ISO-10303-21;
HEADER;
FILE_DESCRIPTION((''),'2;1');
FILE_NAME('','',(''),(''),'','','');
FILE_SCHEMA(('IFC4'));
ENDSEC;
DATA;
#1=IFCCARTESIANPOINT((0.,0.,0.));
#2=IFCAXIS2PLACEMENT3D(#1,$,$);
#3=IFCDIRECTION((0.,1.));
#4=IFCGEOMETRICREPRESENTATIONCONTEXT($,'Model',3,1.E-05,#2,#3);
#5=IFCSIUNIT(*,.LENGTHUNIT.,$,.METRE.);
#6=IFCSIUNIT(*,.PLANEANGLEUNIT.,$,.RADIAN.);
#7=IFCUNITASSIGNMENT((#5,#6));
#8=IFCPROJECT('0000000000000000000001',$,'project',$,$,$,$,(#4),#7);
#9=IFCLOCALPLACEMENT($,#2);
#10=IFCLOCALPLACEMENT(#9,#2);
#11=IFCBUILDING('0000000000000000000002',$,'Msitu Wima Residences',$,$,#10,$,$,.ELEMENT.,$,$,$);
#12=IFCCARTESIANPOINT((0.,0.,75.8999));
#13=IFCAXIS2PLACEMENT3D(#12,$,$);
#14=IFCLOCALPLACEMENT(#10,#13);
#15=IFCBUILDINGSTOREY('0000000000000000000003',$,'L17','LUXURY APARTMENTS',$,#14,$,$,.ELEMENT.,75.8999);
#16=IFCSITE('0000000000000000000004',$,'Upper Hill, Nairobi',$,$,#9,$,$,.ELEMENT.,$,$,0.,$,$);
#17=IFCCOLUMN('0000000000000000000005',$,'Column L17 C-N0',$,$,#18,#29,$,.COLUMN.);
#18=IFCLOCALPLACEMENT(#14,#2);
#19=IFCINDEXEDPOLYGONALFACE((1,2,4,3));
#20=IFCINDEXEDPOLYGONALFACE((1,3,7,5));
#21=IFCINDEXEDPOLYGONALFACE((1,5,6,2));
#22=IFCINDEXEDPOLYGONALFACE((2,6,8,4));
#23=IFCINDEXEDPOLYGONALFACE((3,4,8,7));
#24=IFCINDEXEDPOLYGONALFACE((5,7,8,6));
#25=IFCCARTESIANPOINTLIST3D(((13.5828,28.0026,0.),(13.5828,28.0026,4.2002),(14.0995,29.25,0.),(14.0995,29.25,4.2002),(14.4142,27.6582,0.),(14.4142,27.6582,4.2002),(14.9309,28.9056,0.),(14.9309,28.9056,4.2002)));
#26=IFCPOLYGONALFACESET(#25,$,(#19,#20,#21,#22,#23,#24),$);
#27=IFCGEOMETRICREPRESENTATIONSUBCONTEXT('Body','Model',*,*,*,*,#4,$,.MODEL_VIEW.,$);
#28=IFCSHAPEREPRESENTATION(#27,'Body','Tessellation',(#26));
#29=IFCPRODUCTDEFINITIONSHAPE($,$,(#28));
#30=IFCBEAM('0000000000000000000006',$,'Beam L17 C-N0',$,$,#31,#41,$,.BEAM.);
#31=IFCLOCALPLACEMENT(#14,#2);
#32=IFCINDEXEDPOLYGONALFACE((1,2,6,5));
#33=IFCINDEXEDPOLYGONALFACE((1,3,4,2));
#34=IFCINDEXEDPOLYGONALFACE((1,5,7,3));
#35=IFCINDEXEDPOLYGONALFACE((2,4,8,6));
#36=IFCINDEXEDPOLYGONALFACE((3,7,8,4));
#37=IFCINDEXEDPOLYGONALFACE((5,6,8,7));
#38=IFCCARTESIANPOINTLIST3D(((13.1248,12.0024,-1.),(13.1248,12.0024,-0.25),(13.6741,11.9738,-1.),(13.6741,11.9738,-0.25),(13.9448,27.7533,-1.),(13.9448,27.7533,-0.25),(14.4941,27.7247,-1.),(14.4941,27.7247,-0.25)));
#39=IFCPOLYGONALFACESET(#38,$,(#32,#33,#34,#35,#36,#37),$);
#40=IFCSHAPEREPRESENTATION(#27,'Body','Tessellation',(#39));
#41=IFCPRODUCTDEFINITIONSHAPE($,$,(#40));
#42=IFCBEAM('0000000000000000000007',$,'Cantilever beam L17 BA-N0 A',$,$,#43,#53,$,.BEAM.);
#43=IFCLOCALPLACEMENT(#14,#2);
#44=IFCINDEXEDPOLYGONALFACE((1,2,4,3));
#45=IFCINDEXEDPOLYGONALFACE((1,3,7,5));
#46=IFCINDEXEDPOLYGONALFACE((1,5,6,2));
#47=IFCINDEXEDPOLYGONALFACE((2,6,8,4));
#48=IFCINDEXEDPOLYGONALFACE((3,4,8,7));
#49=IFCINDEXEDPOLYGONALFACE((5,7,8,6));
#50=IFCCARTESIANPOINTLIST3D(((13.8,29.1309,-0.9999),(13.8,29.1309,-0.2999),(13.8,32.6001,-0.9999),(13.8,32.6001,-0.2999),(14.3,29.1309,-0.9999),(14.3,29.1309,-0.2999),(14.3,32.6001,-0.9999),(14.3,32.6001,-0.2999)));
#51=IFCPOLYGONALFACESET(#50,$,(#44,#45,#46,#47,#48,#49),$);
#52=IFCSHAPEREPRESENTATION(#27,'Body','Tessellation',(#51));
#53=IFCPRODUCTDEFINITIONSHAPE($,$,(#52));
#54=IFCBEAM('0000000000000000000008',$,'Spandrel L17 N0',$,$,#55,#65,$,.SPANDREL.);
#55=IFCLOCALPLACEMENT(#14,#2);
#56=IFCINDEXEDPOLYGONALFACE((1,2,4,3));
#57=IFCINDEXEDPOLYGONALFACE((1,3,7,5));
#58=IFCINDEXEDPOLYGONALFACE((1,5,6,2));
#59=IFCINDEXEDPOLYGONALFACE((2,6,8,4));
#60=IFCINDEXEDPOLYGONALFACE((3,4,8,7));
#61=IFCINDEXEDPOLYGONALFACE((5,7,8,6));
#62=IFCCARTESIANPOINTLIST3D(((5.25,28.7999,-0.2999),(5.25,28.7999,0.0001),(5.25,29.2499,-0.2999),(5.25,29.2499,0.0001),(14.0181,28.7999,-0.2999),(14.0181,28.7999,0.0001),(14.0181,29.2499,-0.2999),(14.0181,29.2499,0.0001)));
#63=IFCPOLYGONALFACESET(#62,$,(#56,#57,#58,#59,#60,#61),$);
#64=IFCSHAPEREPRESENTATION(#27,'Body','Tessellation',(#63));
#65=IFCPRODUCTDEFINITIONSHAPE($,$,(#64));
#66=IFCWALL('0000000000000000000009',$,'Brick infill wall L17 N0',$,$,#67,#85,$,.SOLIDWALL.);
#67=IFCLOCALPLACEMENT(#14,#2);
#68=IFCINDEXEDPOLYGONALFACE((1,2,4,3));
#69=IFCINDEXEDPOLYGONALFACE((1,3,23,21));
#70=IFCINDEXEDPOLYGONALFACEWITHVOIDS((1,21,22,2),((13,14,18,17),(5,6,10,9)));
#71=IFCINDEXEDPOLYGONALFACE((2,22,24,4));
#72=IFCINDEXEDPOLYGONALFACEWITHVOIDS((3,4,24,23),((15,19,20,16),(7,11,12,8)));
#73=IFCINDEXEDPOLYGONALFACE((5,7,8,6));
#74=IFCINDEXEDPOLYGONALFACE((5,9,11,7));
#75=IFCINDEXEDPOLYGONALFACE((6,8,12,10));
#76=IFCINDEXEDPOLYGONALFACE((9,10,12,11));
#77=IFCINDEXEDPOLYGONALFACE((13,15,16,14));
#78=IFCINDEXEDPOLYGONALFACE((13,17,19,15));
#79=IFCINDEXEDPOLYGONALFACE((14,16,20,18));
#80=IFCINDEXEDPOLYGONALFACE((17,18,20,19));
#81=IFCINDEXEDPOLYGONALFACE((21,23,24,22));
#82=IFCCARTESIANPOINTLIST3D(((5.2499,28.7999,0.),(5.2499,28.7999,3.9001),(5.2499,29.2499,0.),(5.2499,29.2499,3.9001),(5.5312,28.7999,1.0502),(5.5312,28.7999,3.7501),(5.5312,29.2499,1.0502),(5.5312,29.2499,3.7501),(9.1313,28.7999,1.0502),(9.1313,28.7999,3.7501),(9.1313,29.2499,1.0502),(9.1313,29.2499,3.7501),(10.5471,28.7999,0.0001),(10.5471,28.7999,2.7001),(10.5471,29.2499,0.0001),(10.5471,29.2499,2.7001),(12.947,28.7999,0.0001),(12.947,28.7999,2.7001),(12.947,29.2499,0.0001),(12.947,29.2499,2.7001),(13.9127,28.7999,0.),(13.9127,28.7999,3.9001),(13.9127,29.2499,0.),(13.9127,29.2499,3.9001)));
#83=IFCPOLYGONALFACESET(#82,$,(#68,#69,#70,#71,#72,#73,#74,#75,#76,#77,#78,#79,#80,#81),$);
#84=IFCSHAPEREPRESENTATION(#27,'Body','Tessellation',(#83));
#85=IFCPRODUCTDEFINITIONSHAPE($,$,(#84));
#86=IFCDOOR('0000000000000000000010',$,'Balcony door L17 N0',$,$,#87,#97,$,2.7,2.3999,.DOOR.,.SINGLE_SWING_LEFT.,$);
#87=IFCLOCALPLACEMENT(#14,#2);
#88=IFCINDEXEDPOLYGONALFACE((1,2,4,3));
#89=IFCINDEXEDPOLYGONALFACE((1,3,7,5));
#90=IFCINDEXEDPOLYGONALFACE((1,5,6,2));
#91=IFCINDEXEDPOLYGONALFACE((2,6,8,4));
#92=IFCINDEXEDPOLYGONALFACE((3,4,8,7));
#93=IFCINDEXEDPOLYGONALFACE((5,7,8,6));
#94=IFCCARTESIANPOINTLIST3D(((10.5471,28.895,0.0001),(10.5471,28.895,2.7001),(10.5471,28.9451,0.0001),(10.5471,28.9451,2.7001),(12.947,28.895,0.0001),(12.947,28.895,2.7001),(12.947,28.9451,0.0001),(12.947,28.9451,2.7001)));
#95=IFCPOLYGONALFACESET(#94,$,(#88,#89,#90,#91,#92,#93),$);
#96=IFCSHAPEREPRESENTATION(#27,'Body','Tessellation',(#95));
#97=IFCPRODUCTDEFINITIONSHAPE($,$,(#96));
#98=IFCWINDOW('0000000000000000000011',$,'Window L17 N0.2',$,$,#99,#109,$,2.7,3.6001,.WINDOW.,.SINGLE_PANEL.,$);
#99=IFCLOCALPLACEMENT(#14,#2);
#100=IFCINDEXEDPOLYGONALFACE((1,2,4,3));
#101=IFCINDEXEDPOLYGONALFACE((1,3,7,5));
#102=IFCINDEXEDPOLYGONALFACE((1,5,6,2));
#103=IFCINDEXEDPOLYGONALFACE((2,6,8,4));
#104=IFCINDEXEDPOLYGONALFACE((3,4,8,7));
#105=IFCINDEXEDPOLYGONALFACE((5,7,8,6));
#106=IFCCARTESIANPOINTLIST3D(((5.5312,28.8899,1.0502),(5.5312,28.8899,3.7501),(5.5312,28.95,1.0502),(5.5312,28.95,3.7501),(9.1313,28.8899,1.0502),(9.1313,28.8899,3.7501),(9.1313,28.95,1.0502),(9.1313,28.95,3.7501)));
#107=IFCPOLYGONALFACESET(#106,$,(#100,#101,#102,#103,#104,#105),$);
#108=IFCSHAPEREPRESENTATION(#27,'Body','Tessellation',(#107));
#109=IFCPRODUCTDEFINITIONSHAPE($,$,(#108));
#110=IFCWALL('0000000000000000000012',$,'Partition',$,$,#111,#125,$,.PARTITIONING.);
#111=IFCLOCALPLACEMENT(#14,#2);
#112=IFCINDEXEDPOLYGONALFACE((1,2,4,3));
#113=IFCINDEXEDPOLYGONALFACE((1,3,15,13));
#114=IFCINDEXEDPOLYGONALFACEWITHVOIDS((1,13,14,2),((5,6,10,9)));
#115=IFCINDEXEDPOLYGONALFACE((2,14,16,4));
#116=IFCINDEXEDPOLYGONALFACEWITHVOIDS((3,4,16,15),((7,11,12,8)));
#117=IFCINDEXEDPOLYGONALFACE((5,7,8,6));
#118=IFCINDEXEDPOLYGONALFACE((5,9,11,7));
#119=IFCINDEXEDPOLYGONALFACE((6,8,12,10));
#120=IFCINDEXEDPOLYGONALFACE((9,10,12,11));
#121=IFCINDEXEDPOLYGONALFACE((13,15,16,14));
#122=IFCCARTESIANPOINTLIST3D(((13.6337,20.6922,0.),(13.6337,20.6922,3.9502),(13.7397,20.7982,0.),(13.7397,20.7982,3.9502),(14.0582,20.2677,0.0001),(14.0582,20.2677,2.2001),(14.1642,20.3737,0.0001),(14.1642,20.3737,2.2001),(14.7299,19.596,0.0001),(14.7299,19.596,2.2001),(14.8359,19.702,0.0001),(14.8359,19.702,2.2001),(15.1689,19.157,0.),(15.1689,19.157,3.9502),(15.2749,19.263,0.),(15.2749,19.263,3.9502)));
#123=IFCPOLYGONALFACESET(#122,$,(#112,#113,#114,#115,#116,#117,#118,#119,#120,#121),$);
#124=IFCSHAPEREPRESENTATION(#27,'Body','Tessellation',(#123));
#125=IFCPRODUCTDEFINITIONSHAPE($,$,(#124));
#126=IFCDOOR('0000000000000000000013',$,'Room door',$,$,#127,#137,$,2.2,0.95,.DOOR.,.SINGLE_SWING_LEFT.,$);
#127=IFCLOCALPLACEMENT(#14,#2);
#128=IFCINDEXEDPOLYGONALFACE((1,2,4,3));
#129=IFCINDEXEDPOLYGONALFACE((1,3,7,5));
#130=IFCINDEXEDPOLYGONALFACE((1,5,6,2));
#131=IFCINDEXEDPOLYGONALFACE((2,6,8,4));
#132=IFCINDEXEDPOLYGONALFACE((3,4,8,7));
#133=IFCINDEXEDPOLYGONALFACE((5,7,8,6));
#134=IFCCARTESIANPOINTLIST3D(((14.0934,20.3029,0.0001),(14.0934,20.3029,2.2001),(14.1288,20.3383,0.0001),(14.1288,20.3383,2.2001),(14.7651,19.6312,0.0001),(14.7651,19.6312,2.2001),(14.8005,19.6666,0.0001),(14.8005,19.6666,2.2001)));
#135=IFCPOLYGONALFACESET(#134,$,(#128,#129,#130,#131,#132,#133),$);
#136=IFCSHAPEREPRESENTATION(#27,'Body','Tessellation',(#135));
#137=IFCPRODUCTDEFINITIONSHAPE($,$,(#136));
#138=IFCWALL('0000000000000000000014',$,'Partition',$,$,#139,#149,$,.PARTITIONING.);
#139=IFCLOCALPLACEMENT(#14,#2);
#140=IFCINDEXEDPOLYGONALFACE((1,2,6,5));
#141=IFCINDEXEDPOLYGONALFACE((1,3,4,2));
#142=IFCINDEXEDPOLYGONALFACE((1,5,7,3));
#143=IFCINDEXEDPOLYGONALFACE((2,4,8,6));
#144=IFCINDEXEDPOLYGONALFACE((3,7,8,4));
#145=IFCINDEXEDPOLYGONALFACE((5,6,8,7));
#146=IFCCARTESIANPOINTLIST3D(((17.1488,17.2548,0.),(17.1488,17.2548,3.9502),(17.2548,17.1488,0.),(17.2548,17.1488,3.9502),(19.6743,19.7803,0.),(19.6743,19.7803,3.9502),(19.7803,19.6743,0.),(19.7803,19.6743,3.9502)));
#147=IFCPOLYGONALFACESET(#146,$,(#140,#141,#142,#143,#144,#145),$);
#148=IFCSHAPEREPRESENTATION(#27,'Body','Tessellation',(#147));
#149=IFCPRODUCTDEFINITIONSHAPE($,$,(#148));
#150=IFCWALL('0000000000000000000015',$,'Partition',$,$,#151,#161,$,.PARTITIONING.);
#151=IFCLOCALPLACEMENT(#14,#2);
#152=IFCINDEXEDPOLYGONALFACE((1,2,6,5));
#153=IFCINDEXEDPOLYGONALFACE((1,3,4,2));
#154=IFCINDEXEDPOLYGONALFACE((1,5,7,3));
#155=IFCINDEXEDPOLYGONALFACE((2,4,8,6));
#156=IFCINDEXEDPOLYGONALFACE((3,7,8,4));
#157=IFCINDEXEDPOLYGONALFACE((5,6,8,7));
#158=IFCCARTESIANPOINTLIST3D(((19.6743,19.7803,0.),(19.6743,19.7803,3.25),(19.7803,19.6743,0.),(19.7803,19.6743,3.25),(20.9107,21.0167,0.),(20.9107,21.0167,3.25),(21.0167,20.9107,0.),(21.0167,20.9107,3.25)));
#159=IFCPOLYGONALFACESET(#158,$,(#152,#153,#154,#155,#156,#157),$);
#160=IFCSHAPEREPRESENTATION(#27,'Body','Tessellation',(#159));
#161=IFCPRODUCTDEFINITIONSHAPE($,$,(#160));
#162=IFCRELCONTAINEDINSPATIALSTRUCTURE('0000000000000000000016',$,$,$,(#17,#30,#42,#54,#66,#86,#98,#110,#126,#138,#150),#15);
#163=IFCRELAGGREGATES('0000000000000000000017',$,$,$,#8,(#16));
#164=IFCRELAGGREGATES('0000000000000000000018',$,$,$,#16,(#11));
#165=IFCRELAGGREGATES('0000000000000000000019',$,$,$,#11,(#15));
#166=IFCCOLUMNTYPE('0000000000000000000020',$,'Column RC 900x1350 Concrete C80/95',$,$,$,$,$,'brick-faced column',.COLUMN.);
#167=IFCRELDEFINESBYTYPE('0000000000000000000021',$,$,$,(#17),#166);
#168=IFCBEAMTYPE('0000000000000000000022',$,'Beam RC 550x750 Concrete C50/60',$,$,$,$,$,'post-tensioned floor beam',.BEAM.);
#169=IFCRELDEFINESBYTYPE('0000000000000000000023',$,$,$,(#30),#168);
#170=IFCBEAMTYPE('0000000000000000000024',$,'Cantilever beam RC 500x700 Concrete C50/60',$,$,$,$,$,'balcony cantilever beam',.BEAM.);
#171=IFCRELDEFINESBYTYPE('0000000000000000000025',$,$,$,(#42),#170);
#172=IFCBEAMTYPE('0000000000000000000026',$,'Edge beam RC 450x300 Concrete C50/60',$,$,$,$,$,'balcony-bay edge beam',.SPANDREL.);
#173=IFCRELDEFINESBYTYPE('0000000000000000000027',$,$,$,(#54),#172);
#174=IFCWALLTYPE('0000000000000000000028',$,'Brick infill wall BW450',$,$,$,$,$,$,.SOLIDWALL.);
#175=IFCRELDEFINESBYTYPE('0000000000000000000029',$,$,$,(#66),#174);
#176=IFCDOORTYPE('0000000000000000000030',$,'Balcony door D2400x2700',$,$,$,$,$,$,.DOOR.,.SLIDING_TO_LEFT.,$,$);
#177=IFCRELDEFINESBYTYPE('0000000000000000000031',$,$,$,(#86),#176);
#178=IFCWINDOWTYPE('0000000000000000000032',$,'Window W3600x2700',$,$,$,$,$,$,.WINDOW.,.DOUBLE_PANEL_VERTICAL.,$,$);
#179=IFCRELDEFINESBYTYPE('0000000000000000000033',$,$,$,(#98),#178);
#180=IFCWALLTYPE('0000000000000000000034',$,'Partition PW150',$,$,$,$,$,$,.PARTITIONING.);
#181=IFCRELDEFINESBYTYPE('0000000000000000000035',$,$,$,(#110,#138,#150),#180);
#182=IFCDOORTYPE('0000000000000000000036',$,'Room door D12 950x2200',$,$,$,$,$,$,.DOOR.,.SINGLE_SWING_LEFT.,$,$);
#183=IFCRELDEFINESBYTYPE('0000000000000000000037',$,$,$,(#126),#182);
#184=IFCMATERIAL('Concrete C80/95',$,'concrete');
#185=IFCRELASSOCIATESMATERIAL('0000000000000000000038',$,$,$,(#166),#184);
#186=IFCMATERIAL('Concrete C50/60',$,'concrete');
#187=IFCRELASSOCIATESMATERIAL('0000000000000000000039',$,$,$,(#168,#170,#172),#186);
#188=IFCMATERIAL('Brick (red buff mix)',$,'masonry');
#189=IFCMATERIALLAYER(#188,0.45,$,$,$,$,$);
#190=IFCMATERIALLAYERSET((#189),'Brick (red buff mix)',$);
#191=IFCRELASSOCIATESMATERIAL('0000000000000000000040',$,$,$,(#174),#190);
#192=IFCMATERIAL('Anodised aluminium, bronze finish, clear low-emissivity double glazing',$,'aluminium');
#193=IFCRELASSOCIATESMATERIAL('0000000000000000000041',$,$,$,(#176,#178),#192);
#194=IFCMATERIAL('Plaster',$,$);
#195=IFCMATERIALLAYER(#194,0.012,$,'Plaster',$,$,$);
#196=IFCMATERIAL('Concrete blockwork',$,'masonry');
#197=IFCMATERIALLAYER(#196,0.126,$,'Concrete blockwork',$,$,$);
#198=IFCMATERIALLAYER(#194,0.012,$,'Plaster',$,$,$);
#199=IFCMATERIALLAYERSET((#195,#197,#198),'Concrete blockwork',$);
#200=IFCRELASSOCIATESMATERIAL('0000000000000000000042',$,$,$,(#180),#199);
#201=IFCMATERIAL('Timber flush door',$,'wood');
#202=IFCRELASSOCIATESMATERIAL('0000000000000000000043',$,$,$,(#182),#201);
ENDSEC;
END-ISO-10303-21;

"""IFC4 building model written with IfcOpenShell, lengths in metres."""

from ifc_helpers import new_model, si_unit, direction, frame, frame_2d, origin, origin_2d, place, context, subcontext, project, spatial, rectangle, extrude, material, layer, layer_set, material_profile, profile_set, type_object, element, fill, save


model = new_model("IFC4")

# Units and contexts
model_context = context("Model", 3, precision=1e-05, world=origin(), true_north=direction((0.0, 1.0)))
body_context = subcontext(model_context, "Body", "Model", "MODEL_VIEW")
ifc_project = project(units=[si_unit("LENGTHUNIT", "METRE"), si_unit("PLANEANGLEUNIT", "RADIAN")], contexts=[model_context])

# Site, building, storey
site_placement = place(None, origin())
site = spatial("IfcSite", under=ifc_project, at=site_placement, Name="Upper Hill, Nairobi", CompositionType="ELEMENT", RefElevation=0.0)
building_placement = place(site_placement, origin())
building = spatial("IfcBuilding", under=site, at=building_placement, Name="Msitu Wima Residences", CompositionType="ELEMENT")
storey_placement = place(building_placement, frame((0.0, 0.0, 75.8999)))
storey = spatial("IfcBuildingStorey", under=building, at=storey_placement, Name="L17", Description="LUXURY APARTMENTS", CompositionType="ELEMENT", Elevation=75.8999)

# Column
ifc_material_1 = material(Name="Concrete C80/95", Category="concrete")
ifc_material_profile_1 = material_profile(ifc_material_1, rectangle(XDim=0.8999, YDim=1.3501, at=origin_2d()), Name="RC 900x1350")
ifc_profile_set_1 = profile_set([ifc_material_profile_1], Name="Concrete C80/95")
column_type = type_object("IfcColumnType", Name="Column RC 900x1350 Concrete C80/95", ElementType="brick-faced column", PredefinedType="COLUMN", material=ifc_profile_set_1)
column_placement = place(storey_placement, frame((14.2568, 28.4541, 0.0), z_axis=(0.0, 0.0, 1.0), x_axis=(-0.92388, 0.382683, 0.0)))
element("IfcColumn", 1, at=column_placement, inside=storey, type_object=column_type, Name="Column L17 C-N0", PredefinedType="COLUMN", context=body_context, shape_type="SweptSolid", body=[
    extrude(rectangle(XDim=0.8999, YDim=1.3501, at=origin_2d()), origin(), (0.0, 0.0, 1.0), 4.2002),
])

# Beams
ifc_material_2 = material(Name="Concrete C50/60", Category="concrete")
ifc_material_profile_2 = material_profile(ifc_material_2, rectangle(XDim=0.55, YDim=0.75, at=origin_2d()), Name="RC 550x750")
ifc_profile_set_2 = profile_set([ifc_material_profile_2], Name="Concrete C50/60")
beam_type_1 = type_object("IfcBeamType", Name="Beam RC 550x750 Concrete C50/60", ElementType="post-tensioned floor beam", PredefinedType="BEAM", material=ifc_profile_set_2)
beam_1_placement = place(storey_placement, frame((14.2195, 27.739, -0.625), z_axis=(-0.051994, -0.998647, 0.0), x_axis=(0.998647, -0.051994, 0.0)))
element("IfcBeam", 2, at=beam_1_placement, inside=storey, type_object=beam_type_1, Name="Beam L17 C-N0", PredefinedType="BEAM", context=body_context, shape_type="SweptSolid", body=[
    extrude(rectangle(XDim=0.55, YDim=0.75, at=origin_2d()), origin(), (0.0, 0.0, 1.0), 15.7722),
])
ifc_material_profile_3 = material_profile(ifc_material_2, rectangle(XDim=0.5, YDim=0.7, at=origin_2d()), Name="RC 500x700")
ifc_profile_set_3 = profile_set([ifc_material_profile_3], Name="Concrete C50/60")
beam_type_2 = type_object("IfcBeamType", Name="Cantilever beam RC 500x700 Concrete C50/60", ElementType="balcony cantilever beam", PredefinedType="BEAM", material=ifc_profile_set_3)
beam_2_placement = place(storey_placement, frame((14.05, 29.1309, -0.6499), z_axis=(0.0, 1.0, 0.0), x_axis=(-1.0, 0.0, 0.0)))
element("IfcBeam", 3, at=beam_2_placement, inside=storey, type_object=beam_type_2, Name="Cantilever beam L17 BA-N0 A", PredefinedType="BEAM", context=body_context, shape_type="SweptSolid", body=[
    extrude(rectangle(XDim=0.5, YDim=0.7, at=origin_2d()), origin(), (0.0, 0.0, 1.0), 3.4692),
])
ifc_material_profile_4 = material_profile(ifc_material_2, rectangle(XDim=0.45, YDim=0.3, at=origin_2d()), Name="RC 450x300")
ifc_profile_set_4 = profile_set([ifc_material_profile_4], Name="Concrete C50/60")
beam_type_3 = type_object("IfcBeamType", Name="Edge beam RC 450x300 Concrete C50/60", ElementType="balcony-bay edge beam", PredefinedType="SPANDREL", material=ifc_profile_set_4)
beam_3_placement = place(storey_placement, frame((14.0181, 29.0249, -0.1499), z_axis=(-1.0, 0.0, 0.0), x_axis=(0.0, -1.0, 0.0)))
element("IfcBeam", 4, at=beam_3_placement, inside=storey, type_object=beam_type_3, Name="Spandrel L17 N0", PredefinedType="SPANDREL", context=body_context, shape_type="SweptSolid", body=[
    extrude(rectangle(XDim=0.45, YDim=0.3, at=origin_2d()), origin(), (0.0, 0.0, 1.0), 8.7681),
])

# Wall, openings, door, window
ifc_material_3 = material(Name="Brick (red buff mix)", Category="masonry")
ifc_layer_1 = layer(ifc_material_3, 0.45)
ifc_layer_set_1 = layer_set([ifc_layer_1], Name="Brick (red buff mix)")
wall_type_1 = type_object("IfcWallType", Name="Brick infill wall BW450", PredefinedType="SOLIDWALL", material=ifc_layer_set_1)
wall_1_placement = place(storey_placement, frame((13.9128, 29.0249, 0.0), z_axis=(0.0, 0.0, 1.0), x_axis=(-1.0, 0.0, 0.0)))
wall_1 = element("IfcWall", 5, at=wall_1_placement, inside=storey, type_object=wall_type_1, Name="Brick infill wall L17 N0", PredefinedType="SOLIDWALL", context=body_context, shape_type="SweptSolid", body=[
    extrude(rectangle(XDim=8.6628, YDim=0.45, at=frame_2d((4.3315, 0.0))), origin(), (0.0, 0.0, 1.0), 3.9001),
])
opening_1_placement = place(wall_1_placement, frame((0.9658, 0.0, 0.0)))
opening_1 = element("IfcOpeningElement", 6, at=opening_1_placement, cuts=wall_1, PredefinedType="OPENING", context=body_context, shape_type="SweptSolid", body=[
    extrude(rectangle(XDim=2.3999, YDim=2.7, at=frame_2d((1.2, 1.3501))), frame((0.0, 0.2349, 0.0), z_axis=(0.0, -1.0, 0.0), x_axis=(1.0, 0.0, 0.0)), (0.0, 0.0, 1.0), 0.47),
])
opening_2_placement = place(wall_1_placement, frame((4.7815, 0.0, 1.05)))
opening_2 = element("IfcOpeningElement", 7, at=opening_2_placement, cuts=wall_1, PredefinedType="OPENING", context=body_context, shape_type="SweptSolid", body=[
    extrude(rectangle(XDim=3.6001, YDim=2.7, at=frame_2d((1.8, 1.3501))), frame((0.0, 0.2349, 0.0), z_axis=(0.0, -1.0, 0.0), x_axis=(1.0, 0.0, 0.0)), (0.0, 0.0, 1.0), 0.47),
])
ifc_material_4 = material(Name="Anodised aluminium, bronze finish, clear low-emissivity double glazing", Category="aluminium")
door_type_1 = type_object("IfcDoorType", Name="Balcony door D2400x2700", OperationType="SLIDING_TO_LEFT", PredefinedType="DOOR", material=ifc_material_4)
door_1_placement = place(opening_1_placement, origin())
door_1 = element("IfcDoor", 8, at=door_1_placement, inside=storey, type_object=door_type_1, Name="Balcony door L17 N0", OperationType="SINGLE_SWING_LEFT", OverallHeight=2.7, OverallWidth=2.3999, PredefinedType="DOOR", context=body_context, shape_type="SweptSolid", body=[
    extrude(rectangle(XDim=2.3999, YDim=2.7, at=frame_2d((1.2, 1.3501))), frame((0.0, 0.1299, 0.0), z_axis=(0.0, -1.0, 0.0), x_axis=(1.0, 0.0, 0.0)), (0.0, 0.0, 1.0), 0.05),
])
fill(opening_1, door_1)
window_type = type_object("IfcWindowType", Name="Window W3600x2700", PartitioningType="DOUBLE_PANEL_VERTICAL", PredefinedType="WINDOW", material=ifc_material_4)
window_placement = place(opening_2_placement, origin())
window = element("IfcWindow", 9, at=window_placement, inside=storey, type_object=window_type, Name="Window L17 N0.2", OverallHeight=2.7, OverallWidth=3.6001, PartitioningType="SINGLE_PANEL", PredefinedType="WINDOW", context=body_context, shape_type="SweptSolid", body=[
    extrude(rectangle(XDim=3.6001, YDim=2.7, at=frame_2d((1.8, 1.3501))), frame((0.0, 0.135, 0.0), z_axis=(0.0, -1.0, 0.0), x_axis=(1.0, 0.0, 0.0)), (0.0, 0.0, 1.0), 0.0601),
])
fill(opening_2, window)

# Wall, opening, door
ifc_material_5 = material(Name="Plaster")
ifc_layer_2 = layer(ifc_material_5, 0.012, Name="Plaster")
ifc_material_6 = material(Name="Concrete blockwork", Category="masonry")
ifc_layer_3 = layer(ifc_material_6, 0.126, Name="Concrete blockwork")
ifc_layer_4 = layer(ifc_material_5, 0.012, Name="Plaster")
ifc_layer_set_2 = layer_set([ifc_layer_2, ifc_layer_3, ifc_layer_4], Name="Concrete blockwork")
wall_type_2 = type_object("IfcWallType", Name="Partition PW150", PredefinedType="PARTITIONING", material=ifc_layer_set_2)
wall_2_placement = place(storey_placement, frame((13.6868, 20.7451, 0.0), z_axis=(0.0, 0.0, 1.0), x_axis=(0.707107, -0.707107, 0.0)))
wall_2 = element("IfcWall", 10, at=wall_2_placement, inside=storey, type_object=wall_type_2, Name="Partition", PredefinedType="PARTITIONING", context=body_context, shape_type="SweptSolid", body=[
    extrude(rectangle(XDim=2.1711, YDim=0.1499, at=frame_2d((1.0854, 0.0))), origin(), (0.0, 0.0, 1.0), 3.9502),
])
opening_3_placement = place(wall_2_placement, frame((0.6001, 0.0, 0.0)))
opening_3 = element("IfcOpeningElement", 11, at=opening_3_placement, cuts=wall_2, PredefinedType="OPENING", context=body_context, shape_type="SweptSolid", body=[
    extrude(rectangle(XDim=0.95, YDim=2.2, at=frame_2d((0.4751, 1.1001))), frame((0.0, 0.085, 0.0), z_axis=(0.0, -1.0, 0.0), x_axis=(1.0, 0.0, 0.0)), (0.0, 0.0, 1.0), 0.1699),
])
ifc_material_7 = material(Name="Timber flush door", Category="wood")
door_type_2 = type_object("IfcDoorType", Name="Room door D12 950x2200", OperationType="SINGLE_SWING_LEFT", PredefinedType="DOOR", material=ifc_material_7)
door_2_placement = place(opening_3_placement, origin())
door_2 = element("IfcDoor", 12, at=door_2_placement, inside=storey, type_object=door_type_2, Name="Room door", OperationType="SINGLE_SWING_LEFT", OverallHeight=2.2, OverallWidth=0.95, PredefinedType="DOOR", context=body_context, shape_type="SweptSolid", body=[
    extrude(rectangle(XDim=0.95, YDim=2.2, at=frame_2d((0.4751, 1.1001))), frame((0.0, 0.0249, 0.0), z_axis=(0.0, -1.0, 0.0), x_axis=(1.0, 0.0, 0.0)), (0.0, 0.0, 1.0), 0.05),
])
fill(opening_3, door_2)

# Walls
wall_3_placement = place(storey_placement, frame((17.2019, 17.2019, 0.0), z_axis=(0.0, 0.0, 1.0), x_axis=(0.707107, 0.707107, 0.0)))
element("IfcWall", 13, at=wall_3_placement, inside=storey, type_object=wall_type_2, Name="Partition", PredefinedType="PARTITIONING", context=body_context, shape_type="SweptSolid", body=[
    extrude(rectangle(XDim=3.5715, YDim=0.1499, at=frame_2d((1.7856, 0.0))), origin(), (0.0, 0.0, 1.0), 3.9502),
])
wall_4_placement = place(storey_placement, frame((19.7273, 19.7273, 0.0), z_axis=(0.0, 0.0, 1.0), x_axis=(0.707107, 0.707107, 0.0)))
element("IfcWall", 14, at=wall_4_placement, inside=storey, type_object=wall_type_2, Name="Partition", PredefinedType="PARTITIONING", context=body_context, shape_type="SweptSolid", body=[
    extrude(rectangle(XDim=1.7485, YDim=0.1499, at=frame_2d((0.8743, 0.0))), origin(), (0.0, 0.0, 1.0), 3.25),
])

save(model, "model.ifc")
